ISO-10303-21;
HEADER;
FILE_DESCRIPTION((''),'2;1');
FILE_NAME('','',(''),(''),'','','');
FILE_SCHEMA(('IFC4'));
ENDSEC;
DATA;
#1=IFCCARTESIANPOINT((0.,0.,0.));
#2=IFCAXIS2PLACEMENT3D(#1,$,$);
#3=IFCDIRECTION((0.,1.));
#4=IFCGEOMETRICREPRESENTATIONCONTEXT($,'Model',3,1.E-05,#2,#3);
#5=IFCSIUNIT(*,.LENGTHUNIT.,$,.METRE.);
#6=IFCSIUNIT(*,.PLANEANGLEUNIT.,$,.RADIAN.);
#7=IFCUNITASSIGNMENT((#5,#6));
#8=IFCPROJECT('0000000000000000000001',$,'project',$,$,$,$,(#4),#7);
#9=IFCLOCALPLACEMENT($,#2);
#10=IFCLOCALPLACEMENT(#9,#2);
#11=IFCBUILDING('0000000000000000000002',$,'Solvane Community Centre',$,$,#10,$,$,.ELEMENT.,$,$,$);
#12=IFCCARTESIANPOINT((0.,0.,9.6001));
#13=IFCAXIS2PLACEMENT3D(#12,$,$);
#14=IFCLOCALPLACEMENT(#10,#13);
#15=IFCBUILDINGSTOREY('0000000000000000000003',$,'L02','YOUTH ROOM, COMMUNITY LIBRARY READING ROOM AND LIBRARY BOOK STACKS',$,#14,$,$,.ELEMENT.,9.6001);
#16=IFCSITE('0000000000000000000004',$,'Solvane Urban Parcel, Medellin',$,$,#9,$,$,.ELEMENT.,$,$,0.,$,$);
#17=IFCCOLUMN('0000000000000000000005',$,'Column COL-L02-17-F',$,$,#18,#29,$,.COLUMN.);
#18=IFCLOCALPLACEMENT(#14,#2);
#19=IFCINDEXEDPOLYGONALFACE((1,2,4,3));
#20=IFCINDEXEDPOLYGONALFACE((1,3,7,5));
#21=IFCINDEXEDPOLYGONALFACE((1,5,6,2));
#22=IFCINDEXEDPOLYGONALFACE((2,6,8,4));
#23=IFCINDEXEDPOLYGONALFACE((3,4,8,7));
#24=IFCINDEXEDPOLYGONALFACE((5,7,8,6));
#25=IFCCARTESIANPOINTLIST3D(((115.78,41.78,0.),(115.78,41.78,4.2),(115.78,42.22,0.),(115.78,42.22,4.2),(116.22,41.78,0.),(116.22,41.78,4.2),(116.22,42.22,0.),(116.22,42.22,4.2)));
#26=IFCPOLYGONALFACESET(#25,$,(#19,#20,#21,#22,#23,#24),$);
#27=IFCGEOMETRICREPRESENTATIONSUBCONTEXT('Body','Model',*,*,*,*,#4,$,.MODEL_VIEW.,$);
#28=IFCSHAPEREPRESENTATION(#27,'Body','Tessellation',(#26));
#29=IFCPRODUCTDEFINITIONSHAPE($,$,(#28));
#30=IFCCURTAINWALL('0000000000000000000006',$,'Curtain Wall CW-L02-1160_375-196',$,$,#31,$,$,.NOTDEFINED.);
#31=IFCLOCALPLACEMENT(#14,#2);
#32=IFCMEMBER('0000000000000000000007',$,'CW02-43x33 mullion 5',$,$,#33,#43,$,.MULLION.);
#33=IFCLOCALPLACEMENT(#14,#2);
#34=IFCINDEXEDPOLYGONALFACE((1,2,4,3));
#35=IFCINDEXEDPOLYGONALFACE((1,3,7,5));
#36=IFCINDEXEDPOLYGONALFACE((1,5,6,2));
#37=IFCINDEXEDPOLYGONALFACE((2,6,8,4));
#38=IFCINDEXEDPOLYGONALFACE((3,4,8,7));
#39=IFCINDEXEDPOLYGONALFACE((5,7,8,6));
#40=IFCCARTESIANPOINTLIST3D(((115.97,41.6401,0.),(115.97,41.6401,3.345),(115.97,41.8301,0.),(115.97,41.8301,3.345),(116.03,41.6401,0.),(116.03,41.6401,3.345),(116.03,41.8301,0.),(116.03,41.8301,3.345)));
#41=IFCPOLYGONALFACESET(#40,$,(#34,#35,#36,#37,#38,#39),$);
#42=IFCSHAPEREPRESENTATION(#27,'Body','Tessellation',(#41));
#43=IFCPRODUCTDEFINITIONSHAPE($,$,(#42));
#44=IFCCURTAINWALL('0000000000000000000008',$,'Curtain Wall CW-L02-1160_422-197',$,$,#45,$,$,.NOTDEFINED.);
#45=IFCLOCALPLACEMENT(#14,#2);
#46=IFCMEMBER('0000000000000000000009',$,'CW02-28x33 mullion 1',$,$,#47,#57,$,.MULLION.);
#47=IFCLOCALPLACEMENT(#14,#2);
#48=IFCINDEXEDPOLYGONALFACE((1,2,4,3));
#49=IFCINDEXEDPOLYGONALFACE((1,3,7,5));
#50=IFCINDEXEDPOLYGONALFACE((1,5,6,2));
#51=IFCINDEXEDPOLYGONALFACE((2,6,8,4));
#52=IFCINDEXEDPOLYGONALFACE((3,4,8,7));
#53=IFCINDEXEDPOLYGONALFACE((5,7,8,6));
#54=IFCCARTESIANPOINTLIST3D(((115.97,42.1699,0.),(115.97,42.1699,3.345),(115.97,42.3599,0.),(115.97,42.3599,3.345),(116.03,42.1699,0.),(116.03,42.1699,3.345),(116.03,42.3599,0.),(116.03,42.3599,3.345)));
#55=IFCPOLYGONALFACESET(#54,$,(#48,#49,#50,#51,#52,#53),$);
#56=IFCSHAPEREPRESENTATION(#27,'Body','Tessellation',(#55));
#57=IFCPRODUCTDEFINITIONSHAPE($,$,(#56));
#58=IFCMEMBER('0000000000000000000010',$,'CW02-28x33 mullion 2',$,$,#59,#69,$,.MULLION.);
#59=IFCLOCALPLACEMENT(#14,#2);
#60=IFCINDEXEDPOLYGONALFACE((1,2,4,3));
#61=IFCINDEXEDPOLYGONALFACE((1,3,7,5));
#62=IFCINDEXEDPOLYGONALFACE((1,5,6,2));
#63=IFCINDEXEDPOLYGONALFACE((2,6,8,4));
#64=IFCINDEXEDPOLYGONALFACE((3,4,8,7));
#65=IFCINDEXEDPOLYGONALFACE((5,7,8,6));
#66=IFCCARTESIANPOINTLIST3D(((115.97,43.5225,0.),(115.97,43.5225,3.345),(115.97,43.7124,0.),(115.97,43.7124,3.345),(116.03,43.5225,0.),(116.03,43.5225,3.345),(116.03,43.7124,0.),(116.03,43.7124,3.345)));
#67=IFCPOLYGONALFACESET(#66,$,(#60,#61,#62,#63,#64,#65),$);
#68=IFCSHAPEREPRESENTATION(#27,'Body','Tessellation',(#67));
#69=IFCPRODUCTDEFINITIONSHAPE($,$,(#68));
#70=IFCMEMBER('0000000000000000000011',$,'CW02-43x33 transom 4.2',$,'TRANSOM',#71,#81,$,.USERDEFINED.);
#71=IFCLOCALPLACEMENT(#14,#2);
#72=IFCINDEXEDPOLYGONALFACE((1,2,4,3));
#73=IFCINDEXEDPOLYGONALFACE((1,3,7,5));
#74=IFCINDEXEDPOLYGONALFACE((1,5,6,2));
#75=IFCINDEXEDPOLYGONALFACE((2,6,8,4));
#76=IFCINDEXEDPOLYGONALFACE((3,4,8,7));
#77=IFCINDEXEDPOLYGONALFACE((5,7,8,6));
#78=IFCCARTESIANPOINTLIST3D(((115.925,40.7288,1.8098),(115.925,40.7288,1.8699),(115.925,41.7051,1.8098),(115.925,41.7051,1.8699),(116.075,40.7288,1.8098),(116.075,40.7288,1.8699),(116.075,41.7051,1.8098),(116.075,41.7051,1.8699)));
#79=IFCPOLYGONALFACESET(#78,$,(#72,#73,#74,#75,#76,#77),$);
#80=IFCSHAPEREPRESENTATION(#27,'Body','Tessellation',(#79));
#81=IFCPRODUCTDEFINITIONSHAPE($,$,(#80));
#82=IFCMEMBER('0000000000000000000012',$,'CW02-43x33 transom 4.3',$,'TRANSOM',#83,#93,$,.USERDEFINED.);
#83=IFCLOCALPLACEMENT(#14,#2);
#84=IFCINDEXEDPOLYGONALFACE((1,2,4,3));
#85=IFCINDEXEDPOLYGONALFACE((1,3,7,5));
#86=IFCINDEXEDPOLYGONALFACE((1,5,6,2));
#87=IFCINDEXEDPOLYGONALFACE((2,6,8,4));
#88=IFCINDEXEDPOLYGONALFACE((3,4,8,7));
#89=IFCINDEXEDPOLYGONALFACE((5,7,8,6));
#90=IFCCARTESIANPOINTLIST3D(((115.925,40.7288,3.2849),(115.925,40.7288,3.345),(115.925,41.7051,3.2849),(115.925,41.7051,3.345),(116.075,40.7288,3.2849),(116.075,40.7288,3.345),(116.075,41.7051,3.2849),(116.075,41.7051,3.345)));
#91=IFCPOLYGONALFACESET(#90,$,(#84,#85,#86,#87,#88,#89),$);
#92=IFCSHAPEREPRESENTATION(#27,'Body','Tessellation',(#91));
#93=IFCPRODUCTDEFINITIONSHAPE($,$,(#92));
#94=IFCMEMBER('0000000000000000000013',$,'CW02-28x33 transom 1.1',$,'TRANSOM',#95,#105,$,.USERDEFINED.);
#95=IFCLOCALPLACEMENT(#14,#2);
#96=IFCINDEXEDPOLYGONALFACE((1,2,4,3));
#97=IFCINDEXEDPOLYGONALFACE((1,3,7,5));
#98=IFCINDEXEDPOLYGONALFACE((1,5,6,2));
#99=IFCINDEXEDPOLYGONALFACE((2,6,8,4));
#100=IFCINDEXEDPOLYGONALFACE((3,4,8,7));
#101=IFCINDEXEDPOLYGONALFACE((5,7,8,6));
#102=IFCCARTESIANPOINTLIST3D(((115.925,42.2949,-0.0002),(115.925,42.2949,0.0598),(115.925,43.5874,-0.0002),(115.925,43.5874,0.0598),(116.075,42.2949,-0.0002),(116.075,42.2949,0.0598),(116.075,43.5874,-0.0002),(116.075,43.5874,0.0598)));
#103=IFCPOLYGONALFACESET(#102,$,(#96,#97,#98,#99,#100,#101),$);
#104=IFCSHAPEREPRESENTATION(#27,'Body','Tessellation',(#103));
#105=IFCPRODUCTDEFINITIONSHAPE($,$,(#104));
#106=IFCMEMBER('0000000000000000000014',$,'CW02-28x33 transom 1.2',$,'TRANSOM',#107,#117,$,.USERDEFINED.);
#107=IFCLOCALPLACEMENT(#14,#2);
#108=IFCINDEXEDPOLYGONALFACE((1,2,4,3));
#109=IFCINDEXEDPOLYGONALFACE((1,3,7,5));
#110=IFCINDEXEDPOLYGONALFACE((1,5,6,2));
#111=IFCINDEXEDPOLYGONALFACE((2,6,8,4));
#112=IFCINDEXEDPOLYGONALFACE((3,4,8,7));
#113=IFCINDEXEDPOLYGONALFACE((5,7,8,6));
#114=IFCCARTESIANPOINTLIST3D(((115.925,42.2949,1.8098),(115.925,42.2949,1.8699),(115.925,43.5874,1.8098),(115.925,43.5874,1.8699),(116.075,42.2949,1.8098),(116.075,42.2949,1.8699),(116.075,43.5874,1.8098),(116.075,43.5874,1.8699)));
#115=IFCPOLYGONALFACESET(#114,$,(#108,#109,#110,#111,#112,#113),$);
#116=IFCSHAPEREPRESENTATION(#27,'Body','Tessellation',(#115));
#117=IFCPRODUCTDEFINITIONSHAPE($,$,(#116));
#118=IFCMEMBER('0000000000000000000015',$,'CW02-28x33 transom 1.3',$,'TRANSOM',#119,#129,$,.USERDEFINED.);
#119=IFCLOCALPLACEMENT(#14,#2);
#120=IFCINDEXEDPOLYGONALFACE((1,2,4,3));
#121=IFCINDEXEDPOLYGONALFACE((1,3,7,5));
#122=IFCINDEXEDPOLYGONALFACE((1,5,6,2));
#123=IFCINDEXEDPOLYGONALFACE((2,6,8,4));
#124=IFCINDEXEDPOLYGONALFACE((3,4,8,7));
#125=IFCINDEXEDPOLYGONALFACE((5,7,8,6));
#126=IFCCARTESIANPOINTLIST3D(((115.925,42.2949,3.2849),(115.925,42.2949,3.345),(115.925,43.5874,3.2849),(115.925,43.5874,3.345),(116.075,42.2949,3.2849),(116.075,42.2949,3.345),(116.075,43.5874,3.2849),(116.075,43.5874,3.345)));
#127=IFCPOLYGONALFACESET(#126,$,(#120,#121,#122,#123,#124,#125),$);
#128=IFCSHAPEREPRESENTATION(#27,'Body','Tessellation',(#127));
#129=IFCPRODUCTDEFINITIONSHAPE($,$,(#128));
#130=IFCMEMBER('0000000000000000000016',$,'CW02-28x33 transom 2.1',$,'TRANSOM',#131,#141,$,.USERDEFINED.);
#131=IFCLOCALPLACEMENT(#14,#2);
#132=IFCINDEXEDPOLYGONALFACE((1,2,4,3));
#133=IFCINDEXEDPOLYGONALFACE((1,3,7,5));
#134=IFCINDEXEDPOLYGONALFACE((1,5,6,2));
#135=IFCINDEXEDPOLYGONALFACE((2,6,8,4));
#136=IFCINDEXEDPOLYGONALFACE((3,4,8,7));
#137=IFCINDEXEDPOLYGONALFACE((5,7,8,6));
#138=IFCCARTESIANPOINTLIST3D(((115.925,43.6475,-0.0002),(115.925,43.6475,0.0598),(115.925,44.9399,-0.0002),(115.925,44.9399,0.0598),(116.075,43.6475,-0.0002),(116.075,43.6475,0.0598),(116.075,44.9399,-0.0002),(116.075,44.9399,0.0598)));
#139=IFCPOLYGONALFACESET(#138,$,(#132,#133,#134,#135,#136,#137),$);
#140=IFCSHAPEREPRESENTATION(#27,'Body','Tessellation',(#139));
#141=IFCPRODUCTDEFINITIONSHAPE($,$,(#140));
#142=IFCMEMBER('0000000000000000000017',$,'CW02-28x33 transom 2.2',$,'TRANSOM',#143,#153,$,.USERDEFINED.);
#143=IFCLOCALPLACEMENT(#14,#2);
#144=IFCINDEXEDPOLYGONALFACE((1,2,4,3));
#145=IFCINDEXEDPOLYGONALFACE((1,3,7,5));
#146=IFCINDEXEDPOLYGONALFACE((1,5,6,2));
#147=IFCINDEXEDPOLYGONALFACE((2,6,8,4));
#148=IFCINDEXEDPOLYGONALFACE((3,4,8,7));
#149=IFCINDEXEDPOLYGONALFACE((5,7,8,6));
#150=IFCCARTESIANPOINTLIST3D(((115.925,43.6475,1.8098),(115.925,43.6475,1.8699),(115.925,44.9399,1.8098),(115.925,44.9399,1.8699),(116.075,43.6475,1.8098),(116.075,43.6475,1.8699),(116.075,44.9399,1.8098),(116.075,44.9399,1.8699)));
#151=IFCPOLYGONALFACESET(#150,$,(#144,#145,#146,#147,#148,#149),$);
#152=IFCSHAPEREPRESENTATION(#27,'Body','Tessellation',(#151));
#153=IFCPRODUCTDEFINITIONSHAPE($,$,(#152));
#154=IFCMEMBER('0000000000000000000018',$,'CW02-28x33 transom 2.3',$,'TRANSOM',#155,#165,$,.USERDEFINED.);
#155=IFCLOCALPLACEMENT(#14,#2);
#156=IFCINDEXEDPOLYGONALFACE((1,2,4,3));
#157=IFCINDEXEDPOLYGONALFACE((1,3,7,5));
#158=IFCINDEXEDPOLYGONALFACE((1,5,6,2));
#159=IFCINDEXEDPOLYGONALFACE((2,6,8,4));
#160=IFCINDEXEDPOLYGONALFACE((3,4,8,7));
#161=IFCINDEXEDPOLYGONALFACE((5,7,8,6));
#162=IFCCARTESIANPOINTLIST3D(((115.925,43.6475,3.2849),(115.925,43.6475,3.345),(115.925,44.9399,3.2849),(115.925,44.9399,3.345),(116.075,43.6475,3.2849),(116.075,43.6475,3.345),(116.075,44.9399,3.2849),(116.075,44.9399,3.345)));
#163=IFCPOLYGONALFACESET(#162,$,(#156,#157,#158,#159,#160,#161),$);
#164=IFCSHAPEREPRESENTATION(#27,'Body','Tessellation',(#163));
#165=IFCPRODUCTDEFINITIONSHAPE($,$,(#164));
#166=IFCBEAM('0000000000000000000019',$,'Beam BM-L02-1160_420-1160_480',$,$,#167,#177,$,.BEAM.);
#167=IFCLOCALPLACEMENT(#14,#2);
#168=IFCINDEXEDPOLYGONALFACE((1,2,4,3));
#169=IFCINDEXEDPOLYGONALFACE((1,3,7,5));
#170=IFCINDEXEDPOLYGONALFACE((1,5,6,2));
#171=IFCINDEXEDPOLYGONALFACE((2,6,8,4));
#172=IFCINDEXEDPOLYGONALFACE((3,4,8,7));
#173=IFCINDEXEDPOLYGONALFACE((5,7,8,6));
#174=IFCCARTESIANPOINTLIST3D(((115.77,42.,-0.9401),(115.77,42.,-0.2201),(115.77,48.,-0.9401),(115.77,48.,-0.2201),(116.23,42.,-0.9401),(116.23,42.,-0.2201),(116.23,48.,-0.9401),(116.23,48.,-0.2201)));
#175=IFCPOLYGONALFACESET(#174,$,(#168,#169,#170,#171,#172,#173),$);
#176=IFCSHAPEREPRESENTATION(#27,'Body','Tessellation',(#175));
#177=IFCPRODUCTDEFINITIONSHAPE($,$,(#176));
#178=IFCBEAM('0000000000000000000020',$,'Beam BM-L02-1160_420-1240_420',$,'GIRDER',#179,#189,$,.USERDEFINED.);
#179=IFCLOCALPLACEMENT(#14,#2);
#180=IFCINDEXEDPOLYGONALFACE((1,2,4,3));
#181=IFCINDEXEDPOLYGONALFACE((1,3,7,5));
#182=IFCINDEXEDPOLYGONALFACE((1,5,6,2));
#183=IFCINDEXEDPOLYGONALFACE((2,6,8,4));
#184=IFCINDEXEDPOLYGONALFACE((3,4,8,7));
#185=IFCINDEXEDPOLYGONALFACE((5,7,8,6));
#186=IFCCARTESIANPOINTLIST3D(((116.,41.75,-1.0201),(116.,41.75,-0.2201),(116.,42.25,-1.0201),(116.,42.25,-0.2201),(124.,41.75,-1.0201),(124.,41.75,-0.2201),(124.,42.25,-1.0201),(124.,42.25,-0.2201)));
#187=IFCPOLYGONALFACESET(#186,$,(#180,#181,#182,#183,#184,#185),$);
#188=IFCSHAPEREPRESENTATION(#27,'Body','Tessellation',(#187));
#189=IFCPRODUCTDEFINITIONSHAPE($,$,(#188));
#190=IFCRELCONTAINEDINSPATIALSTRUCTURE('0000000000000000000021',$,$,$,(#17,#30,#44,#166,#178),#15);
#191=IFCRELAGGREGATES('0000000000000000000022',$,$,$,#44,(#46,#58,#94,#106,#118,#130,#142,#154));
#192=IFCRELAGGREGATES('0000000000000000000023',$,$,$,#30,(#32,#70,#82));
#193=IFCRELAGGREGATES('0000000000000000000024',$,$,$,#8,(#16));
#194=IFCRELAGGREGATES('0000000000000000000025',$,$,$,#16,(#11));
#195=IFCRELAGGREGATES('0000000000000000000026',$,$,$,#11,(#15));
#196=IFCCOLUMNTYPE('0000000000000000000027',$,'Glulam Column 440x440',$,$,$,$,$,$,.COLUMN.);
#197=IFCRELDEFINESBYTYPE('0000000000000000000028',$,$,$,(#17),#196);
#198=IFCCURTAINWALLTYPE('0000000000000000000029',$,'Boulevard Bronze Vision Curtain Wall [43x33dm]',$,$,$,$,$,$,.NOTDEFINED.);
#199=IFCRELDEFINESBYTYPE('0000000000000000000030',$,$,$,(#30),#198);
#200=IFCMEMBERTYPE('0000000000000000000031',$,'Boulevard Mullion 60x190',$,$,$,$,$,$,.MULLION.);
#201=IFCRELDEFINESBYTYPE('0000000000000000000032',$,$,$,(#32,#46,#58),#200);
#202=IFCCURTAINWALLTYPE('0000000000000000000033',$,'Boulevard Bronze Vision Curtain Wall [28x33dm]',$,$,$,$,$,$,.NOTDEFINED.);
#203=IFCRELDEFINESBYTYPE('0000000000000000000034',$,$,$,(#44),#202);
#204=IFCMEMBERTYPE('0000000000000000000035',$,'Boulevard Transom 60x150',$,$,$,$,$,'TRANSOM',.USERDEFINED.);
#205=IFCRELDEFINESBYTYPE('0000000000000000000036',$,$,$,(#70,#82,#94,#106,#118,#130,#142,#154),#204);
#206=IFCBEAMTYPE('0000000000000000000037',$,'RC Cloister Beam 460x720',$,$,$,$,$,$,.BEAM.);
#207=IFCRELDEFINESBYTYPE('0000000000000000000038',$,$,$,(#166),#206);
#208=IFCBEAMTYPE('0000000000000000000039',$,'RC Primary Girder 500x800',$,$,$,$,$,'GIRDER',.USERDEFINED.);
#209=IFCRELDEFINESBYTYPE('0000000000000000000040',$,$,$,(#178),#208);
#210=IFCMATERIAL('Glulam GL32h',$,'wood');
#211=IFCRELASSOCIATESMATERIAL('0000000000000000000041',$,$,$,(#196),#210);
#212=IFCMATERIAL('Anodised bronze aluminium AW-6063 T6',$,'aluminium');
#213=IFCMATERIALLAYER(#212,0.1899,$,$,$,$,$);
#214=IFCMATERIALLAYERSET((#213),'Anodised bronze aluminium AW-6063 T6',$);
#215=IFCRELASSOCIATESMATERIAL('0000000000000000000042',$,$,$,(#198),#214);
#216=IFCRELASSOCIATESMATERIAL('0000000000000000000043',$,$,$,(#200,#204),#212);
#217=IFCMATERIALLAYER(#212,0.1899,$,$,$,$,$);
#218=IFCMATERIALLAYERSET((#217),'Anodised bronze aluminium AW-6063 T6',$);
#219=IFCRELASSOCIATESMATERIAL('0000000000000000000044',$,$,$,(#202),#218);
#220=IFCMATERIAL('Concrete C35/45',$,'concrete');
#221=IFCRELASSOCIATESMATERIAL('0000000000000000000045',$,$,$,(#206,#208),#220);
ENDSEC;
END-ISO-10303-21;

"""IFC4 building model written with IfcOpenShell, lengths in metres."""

from ifc_helpers import new_model, si_unit, direction, frame, origin, origin_2d, place, context, subcontext, project, spatial, rectangle, extrude, material, layer, layer_set, material_profile, profile_set, type_object, element, aggregate, save


model = new_model("IFC4")

# Units and contexts
model_context = context("Model", 3, precision=1e-05, world=origin(), true_north=direction((0.0, 1.0)))
body_context = subcontext(model_context, "Body", "Model", "MODEL_VIEW")
ifc_project = project(units=[si_unit("LENGTHUNIT", "METRE"), si_unit("PLANEANGLEUNIT", "RADIAN")], contexts=[model_context])

# Site, building, storey
site_placement = place(None, origin())
site = spatial("IfcSite", under=ifc_project, at=site_placement, Name="Solvane Urban Parcel, Medellin", CompositionType="ELEMENT", RefElevation=0.0)
building_placement = place(site_placement, origin())
building = spatial("IfcBuilding", under=site, at=building_placement, Name="Solvane Community Centre", CompositionType="ELEMENT")
storey_placement = place(building_placement, frame((0.0, 0.0, 9.6001)))
storey = spatial("IfcBuildingStorey", under=building, at=storey_placement, Name="L02", Description="YOUTH ROOM, COMMUNITY LIBRARY READING ROOM AND LIBRARY BOOK STACKS", CompositionType="ELEMENT", Elevation=9.6001)

# Column
ifc_material_1 = material(Name="Glulam GL32h", Category="wood")
ifc_material_profile_1 = material_profile(ifc_material_1, rectangle(XDim=0.4399, YDim=0.4399, at=origin_2d()), Name="GL32h 440x440")
ifc_profile_set_1 = profile_set([ifc_material_profile_1], Name="Glulam GL32h")
column_type = type_object("IfcColumnType", Name="Glulam Column 440x440", PredefinedType="COLUMN", material=ifc_profile_set_1)
column_placement = place(storey_placement, frame((116.0, 42.0, 0.0), z_axis=(0.0, 0.0, 1.0), x_axis=(1.0, 0.0, 0.0)))
element("IfcColumn", 1, at=column_placement, inside=storey, type_object=column_type, Name="Column COL-L02-17-F", PredefinedType="COLUMN", context=body_context, shape_type="SweptSolid", body=[
    extrude(rectangle(XDim=0.4399, YDim=0.4399, at=origin_2d()), origin(), (0.0, 0.0, 1.0), 4.2),
])

# Curtain wall, member
ifc_material_2 = material(Name="Anodised bronze aluminium AW-6063 T6", Category="aluminium")
ifc_layer_1 = layer(ifc_material_2, 0.1899)
ifc_layer_set_1 = layer_set([ifc_layer_1], Name="Anodised bronze aluminium AW-6063 T6")
curtain_wall_type_1 = type_object("IfcCurtainWallType", Name="Boulevard Bronze Vision Curtain Wall [43x33dm]", PredefinedType="NOTDEFINED", material=ifc_layer_set_1)
curtain_wall_1_placement = place(storey_placement, origin())
curtain_wall_1 = element("IfcCurtainWall", 2, at=curtain_wall_1_placement, inside=storey, type_object=curtain_wall_type_1, Name="Curtain Wall CW-L02-1160_375-196", PredefinedType="NOTDEFINED")
ifc_material_profile_2 = material_profile(ifc_material_2, rectangle(XDim=0.0601, YDim=0.1899, at=origin_2d()), Name="CW-M 60x190")
ifc_profile_set_2 = profile_set([ifc_material_profile_2], Name="Anodised bronze aluminium AW-6063 T6")
member_type_1 = type_object("IfcMemberType", Name="Boulevard Mullion 60x190", PredefinedType="MULLION", material=ifc_profile_set_2)
member_1_placement = place(storey_placement, frame((116.0, 41.7351, 0.0), z_axis=(0.0, 0.0, 1.0), x_axis=(-1.0, 0.0, 0.0)))
member_1 = element("IfcMember", 3, at=member_1_placement, type_object=member_type_1, Name="CW02-43x33 mullion 5", PredefinedType="MULLION", context=body_context, shape_type="SweptSolid", body=[
    extrude(rectangle(XDim=0.0601, YDim=0.1899, at=origin_2d()), origin(), (0.0, 0.0, 1.0), 3.345),
])

# Curtain wall, members
ifc_layer_2 = layer(ifc_material_2, 0.1899)
ifc_layer_set_2 = layer_set([ifc_layer_2], Name="Anodised bronze aluminium AW-6063 T6")
curtain_wall_type_2 = type_object("IfcCurtainWallType", Name="Boulevard Bronze Vision Curtain Wall [28x33dm]", PredefinedType="NOTDEFINED", material=ifc_layer_set_2)
curtain_wall_2_placement = place(storey_placement, origin())
curtain_wall_2 = element("IfcCurtainWall", 4, at=curtain_wall_2_placement, inside=storey, type_object=curtain_wall_type_2, Name="Curtain Wall CW-L02-1160_422-197", PredefinedType="NOTDEFINED")
member_2_placement = place(storey_placement, frame((116.0, 42.2649, 0.0), z_axis=(0.0, 0.0, 1.0), x_axis=(-1.0, 0.0, 0.0)))
member_2 = element("IfcMember", 5, at=member_2_placement, type_object=member_type_1, Name="CW02-28x33 mullion 1", PredefinedType="MULLION", context=body_context, shape_type="SweptSolid", body=[
    extrude(rectangle(XDim=0.0601, YDim=0.1899, at=origin_2d()), origin(), (0.0, 0.0, 1.0), 3.345),
])
member_3_placement = place(storey_placement, frame((116.0, 43.6174, 0.0), z_axis=(0.0, 0.0, 1.0), x_axis=(-1.0, 0.0, 0.0)))
member_3 = element("IfcMember", 6, at=member_3_placement, type_object=member_type_1, Name="CW02-28x33 mullion 2", PredefinedType="MULLION", context=body_context, shape_type="SweptSolid", body=[
    extrude(rectangle(XDim=0.0601, YDim=0.1899, at=origin_2d()), origin(), (0.0, 0.0, 1.0), 3.345),
])

# Members
ifc_material_profile_3 = material_profile(ifc_material_2, rectangle(XDim=0.1499, YDim=0.0601, at=origin_2d()), Name="CW-T 60x150")
ifc_profile_set_3 = profile_set([ifc_material_profile_3], Name="Anodised bronze aluminium AW-6063 T6")
member_type_2 = type_object("IfcMemberType", Name="Boulevard Transom 60x150", ElementType="TRANSOM", PredefinedType="USERDEFINED", material=ifc_profile_set_3)
member_4_placement = place(storey_placement, frame((116.0, 40.7288, 1.8398), z_axis=(0.0, 1.0, 0.0), x_axis=(-1.0, 0.0, 0.0)))
member_4 = element("IfcMember", 7, at=member_4_placement, type_object=member_type_2, Name="CW02-43x33 transom 4.2", ObjectType="TRANSOM", PredefinedType="USERDEFINED", context=body_context, shape_type="SweptSolid", body=[
    extrude(rectangle(XDim=0.1499, YDim=0.0601, at=origin_2d()), origin(), (0.0, 0.0, 1.0), 0.9763),
])
member_5_placement = place(storey_placement, frame((116.0, 40.7288, 3.3149), z_axis=(0.0, 1.0, 0.0), x_axis=(-1.0, 0.0, 0.0)))
member_5 = element("IfcMember", 8, at=member_5_placement, type_object=member_type_2, Name="CW02-43x33 transom 4.3", ObjectType="TRANSOM", PredefinedType="USERDEFINED", context=body_context, shape_type="SweptSolid", body=[
    extrude(rectangle(XDim=0.1499, YDim=0.0601, at=origin_2d()), origin(), (0.0, 0.0, 1.0), 0.9763),
])
member_6_placement = place(storey_placement, frame((116.0, 42.2949, 0.0298), z_axis=(0.0, 1.0, 0.0), x_axis=(-1.0, 0.0, 0.0)))
member_6 = element("IfcMember", 9, at=member_6_placement, type_object=member_type_2, Name="CW02-28x33 transom 1.1", ObjectType="TRANSOM", PredefinedType="USERDEFINED", context=body_context, shape_type="SweptSolid", body=[
    extrude(rectangle(XDim=0.1499, YDim=0.0601, at=origin_2d()), origin(), (0.0, 0.0, 1.0), 1.2925),
])
member_7_placement = place(storey_placement, frame((116.0, 42.2949, 1.8398), z_axis=(0.0, 1.0, 0.0), x_axis=(-1.0, 0.0, 0.0)))
member_7 = element("IfcMember", 10, at=member_7_placement, type_object=member_type_2, Name="CW02-28x33 transom 1.2", ObjectType="TRANSOM", PredefinedType="USERDEFINED", context=body_context, shape_type="SweptSolid", body=[
    extrude(rectangle(XDim=0.1499, YDim=0.0601, at=origin_2d()), origin(), (0.0, 0.0, 1.0), 1.2925),
])
member_8_placement = place(storey_placement, frame((116.0, 42.2949, 3.3149), z_axis=(0.0, 1.0, 0.0), x_axis=(-1.0, 0.0, 0.0)))
member_8 = element("IfcMember", 11, at=member_8_placement, type_object=member_type_2, Name="CW02-28x33 transom 1.3", ObjectType="TRANSOM", PredefinedType="USERDEFINED", context=body_context, shape_type="SweptSolid", body=[
    extrude(rectangle(XDim=0.1499, YDim=0.0601, at=origin_2d()), origin(), (0.0, 0.0, 1.0), 1.2925),
])
member_9_placement = place(storey_placement, frame((116.0, 43.6475, 0.0298), z_axis=(0.0, 1.0, 0.0), x_axis=(-1.0, 0.0, 0.0)))
member_9 = element("IfcMember", 12, at=member_9_placement, type_object=member_type_2, Name="CW02-28x33 transom 2.1", ObjectType="TRANSOM", PredefinedType="USERDEFINED", context=body_context, shape_type="SweptSolid", body=[
    extrude(rectangle(XDim=0.1499, YDim=0.0601, at=origin_2d()), origin(), (0.0, 0.0, 1.0), 1.2925),
])
member_10_placement = place(storey_placement, frame((116.0, 43.6475, 1.8398), z_axis=(0.0, 1.0, 0.0), x_axis=(-1.0, 0.0, 0.0)))
member_10 = element("IfcMember", 13, at=member_10_placement, type_object=member_type_2, Name="CW02-28x33 transom 2.2", ObjectType="TRANSOM", PredefinedType="USERDEFINED", context=body_context, shape_type="SweptSolid", body=[
    extrude(rectangle(XDim=0.1499, YDim=0.0601, at=origin_2d()), origin(), (0.0, 0.0, 1.0), 1.2925),
])
member_11_placement = place(storey_placement, frame((116.0, 43.6475, 3.3149), z_axis=(0.0, 1.0, 0.0), x_axis=(-1.0, 0.0, 0.0)))
member_11 = element("IfcMember", 14, at=member_11_placement, type_object=member_type_2, Name="CW02-28x33 transom 2.3", ObjectType="TRANSOM", PredefinedType="USERDEFINED", context=body_context, shape_type="SweptSolid", body=[
    extrude(rectangle(XDim=0.1499, YDim=0.0601, at=origin_2d()), origin(), (0.0, 0.0, 1.0), 1.2925),
])

# Beams
ifc_material_3 = material(Name="Concrete C35/45", Category="concrete")
ifc_material_profile_4 = material_profile(ifc_material_3, rectangle(XDim=0.46, YDim=0.72, at=origin_2d()), Name="RC 460x720")
ifc_profile_set_4 = profile_set([ifc_material_profile_4], Name="Concrete C35/45")
beam_type_1 = type_object("IfcBeamType", Name="RC Cloister Beam 460x720", PredefinedType="BEAM", material=ifc_profile_set_4)
beam_1_placement = place(storey_placement, frame((116.0, 42.0, -0.5801), z_axis=(0.0, 1.0, 0.0), x_axis=(-1.0, 0.0, 0.0)))
element("IfcBeam", 15, at=beam_1_placement, inside=storey, type_object=beam_type_1, Name="Beam BM-L02-1160_420-1160_480", PredefinedType="BEAM", context=body_context, shape_type="SweptSolid", body=[
    extrude(rectangle(XDim=0.46, YDim=0.72, at=origin_2d()), origin(), (0.0, 0.0, 1.0), 6.0),
])
ifc_material_profile_5 = material_profile(ifc_material_3, rectangle(XDim=0.5, YDim=0.8, at=origin_2d()), Name="RC 500x800")
ifc_profile_set_5 = profile_set([ifc_material_profile_5], Name="Concrete C35/45")
beam_type_2 = type_object("IfcBeamType", Name="RC Primary Girder 500x800", ElementType="GIRDER", PredefinedType="USERDEFINED", material=ifc_profile_set_5)
beam_2_placement = place(storey_placement, frame((116.0, 42.0, -0.6201), z_axis=(1.0, 0.0, 0.0), x_axis=(0.0, 1.0, 0.0)))
element("IfcBeam", 16, at=beam_2_placement, inside=storey, type_object=beam_type_2, Name="Beam BM-L02-1160_420-1240_420", ObjectType="GIRDER", PredefinedType="USERDEFINED", context=body_context, shape_type="SweptSolid", body=[
    extrude(rectangle(XDim=0.5, YDim=0.8, at=origin_2d()), origin(), (0.0, 0.0, 1.0), 8.0),
])

aggregate(curtain_wall_2, [member_2, member_3, member_6, member_7, member_8, member_9, member_10, member_11])
aggregate(curtain_wall_1, [member_1, member_4, member_5])

save(model, "model.ifc")
